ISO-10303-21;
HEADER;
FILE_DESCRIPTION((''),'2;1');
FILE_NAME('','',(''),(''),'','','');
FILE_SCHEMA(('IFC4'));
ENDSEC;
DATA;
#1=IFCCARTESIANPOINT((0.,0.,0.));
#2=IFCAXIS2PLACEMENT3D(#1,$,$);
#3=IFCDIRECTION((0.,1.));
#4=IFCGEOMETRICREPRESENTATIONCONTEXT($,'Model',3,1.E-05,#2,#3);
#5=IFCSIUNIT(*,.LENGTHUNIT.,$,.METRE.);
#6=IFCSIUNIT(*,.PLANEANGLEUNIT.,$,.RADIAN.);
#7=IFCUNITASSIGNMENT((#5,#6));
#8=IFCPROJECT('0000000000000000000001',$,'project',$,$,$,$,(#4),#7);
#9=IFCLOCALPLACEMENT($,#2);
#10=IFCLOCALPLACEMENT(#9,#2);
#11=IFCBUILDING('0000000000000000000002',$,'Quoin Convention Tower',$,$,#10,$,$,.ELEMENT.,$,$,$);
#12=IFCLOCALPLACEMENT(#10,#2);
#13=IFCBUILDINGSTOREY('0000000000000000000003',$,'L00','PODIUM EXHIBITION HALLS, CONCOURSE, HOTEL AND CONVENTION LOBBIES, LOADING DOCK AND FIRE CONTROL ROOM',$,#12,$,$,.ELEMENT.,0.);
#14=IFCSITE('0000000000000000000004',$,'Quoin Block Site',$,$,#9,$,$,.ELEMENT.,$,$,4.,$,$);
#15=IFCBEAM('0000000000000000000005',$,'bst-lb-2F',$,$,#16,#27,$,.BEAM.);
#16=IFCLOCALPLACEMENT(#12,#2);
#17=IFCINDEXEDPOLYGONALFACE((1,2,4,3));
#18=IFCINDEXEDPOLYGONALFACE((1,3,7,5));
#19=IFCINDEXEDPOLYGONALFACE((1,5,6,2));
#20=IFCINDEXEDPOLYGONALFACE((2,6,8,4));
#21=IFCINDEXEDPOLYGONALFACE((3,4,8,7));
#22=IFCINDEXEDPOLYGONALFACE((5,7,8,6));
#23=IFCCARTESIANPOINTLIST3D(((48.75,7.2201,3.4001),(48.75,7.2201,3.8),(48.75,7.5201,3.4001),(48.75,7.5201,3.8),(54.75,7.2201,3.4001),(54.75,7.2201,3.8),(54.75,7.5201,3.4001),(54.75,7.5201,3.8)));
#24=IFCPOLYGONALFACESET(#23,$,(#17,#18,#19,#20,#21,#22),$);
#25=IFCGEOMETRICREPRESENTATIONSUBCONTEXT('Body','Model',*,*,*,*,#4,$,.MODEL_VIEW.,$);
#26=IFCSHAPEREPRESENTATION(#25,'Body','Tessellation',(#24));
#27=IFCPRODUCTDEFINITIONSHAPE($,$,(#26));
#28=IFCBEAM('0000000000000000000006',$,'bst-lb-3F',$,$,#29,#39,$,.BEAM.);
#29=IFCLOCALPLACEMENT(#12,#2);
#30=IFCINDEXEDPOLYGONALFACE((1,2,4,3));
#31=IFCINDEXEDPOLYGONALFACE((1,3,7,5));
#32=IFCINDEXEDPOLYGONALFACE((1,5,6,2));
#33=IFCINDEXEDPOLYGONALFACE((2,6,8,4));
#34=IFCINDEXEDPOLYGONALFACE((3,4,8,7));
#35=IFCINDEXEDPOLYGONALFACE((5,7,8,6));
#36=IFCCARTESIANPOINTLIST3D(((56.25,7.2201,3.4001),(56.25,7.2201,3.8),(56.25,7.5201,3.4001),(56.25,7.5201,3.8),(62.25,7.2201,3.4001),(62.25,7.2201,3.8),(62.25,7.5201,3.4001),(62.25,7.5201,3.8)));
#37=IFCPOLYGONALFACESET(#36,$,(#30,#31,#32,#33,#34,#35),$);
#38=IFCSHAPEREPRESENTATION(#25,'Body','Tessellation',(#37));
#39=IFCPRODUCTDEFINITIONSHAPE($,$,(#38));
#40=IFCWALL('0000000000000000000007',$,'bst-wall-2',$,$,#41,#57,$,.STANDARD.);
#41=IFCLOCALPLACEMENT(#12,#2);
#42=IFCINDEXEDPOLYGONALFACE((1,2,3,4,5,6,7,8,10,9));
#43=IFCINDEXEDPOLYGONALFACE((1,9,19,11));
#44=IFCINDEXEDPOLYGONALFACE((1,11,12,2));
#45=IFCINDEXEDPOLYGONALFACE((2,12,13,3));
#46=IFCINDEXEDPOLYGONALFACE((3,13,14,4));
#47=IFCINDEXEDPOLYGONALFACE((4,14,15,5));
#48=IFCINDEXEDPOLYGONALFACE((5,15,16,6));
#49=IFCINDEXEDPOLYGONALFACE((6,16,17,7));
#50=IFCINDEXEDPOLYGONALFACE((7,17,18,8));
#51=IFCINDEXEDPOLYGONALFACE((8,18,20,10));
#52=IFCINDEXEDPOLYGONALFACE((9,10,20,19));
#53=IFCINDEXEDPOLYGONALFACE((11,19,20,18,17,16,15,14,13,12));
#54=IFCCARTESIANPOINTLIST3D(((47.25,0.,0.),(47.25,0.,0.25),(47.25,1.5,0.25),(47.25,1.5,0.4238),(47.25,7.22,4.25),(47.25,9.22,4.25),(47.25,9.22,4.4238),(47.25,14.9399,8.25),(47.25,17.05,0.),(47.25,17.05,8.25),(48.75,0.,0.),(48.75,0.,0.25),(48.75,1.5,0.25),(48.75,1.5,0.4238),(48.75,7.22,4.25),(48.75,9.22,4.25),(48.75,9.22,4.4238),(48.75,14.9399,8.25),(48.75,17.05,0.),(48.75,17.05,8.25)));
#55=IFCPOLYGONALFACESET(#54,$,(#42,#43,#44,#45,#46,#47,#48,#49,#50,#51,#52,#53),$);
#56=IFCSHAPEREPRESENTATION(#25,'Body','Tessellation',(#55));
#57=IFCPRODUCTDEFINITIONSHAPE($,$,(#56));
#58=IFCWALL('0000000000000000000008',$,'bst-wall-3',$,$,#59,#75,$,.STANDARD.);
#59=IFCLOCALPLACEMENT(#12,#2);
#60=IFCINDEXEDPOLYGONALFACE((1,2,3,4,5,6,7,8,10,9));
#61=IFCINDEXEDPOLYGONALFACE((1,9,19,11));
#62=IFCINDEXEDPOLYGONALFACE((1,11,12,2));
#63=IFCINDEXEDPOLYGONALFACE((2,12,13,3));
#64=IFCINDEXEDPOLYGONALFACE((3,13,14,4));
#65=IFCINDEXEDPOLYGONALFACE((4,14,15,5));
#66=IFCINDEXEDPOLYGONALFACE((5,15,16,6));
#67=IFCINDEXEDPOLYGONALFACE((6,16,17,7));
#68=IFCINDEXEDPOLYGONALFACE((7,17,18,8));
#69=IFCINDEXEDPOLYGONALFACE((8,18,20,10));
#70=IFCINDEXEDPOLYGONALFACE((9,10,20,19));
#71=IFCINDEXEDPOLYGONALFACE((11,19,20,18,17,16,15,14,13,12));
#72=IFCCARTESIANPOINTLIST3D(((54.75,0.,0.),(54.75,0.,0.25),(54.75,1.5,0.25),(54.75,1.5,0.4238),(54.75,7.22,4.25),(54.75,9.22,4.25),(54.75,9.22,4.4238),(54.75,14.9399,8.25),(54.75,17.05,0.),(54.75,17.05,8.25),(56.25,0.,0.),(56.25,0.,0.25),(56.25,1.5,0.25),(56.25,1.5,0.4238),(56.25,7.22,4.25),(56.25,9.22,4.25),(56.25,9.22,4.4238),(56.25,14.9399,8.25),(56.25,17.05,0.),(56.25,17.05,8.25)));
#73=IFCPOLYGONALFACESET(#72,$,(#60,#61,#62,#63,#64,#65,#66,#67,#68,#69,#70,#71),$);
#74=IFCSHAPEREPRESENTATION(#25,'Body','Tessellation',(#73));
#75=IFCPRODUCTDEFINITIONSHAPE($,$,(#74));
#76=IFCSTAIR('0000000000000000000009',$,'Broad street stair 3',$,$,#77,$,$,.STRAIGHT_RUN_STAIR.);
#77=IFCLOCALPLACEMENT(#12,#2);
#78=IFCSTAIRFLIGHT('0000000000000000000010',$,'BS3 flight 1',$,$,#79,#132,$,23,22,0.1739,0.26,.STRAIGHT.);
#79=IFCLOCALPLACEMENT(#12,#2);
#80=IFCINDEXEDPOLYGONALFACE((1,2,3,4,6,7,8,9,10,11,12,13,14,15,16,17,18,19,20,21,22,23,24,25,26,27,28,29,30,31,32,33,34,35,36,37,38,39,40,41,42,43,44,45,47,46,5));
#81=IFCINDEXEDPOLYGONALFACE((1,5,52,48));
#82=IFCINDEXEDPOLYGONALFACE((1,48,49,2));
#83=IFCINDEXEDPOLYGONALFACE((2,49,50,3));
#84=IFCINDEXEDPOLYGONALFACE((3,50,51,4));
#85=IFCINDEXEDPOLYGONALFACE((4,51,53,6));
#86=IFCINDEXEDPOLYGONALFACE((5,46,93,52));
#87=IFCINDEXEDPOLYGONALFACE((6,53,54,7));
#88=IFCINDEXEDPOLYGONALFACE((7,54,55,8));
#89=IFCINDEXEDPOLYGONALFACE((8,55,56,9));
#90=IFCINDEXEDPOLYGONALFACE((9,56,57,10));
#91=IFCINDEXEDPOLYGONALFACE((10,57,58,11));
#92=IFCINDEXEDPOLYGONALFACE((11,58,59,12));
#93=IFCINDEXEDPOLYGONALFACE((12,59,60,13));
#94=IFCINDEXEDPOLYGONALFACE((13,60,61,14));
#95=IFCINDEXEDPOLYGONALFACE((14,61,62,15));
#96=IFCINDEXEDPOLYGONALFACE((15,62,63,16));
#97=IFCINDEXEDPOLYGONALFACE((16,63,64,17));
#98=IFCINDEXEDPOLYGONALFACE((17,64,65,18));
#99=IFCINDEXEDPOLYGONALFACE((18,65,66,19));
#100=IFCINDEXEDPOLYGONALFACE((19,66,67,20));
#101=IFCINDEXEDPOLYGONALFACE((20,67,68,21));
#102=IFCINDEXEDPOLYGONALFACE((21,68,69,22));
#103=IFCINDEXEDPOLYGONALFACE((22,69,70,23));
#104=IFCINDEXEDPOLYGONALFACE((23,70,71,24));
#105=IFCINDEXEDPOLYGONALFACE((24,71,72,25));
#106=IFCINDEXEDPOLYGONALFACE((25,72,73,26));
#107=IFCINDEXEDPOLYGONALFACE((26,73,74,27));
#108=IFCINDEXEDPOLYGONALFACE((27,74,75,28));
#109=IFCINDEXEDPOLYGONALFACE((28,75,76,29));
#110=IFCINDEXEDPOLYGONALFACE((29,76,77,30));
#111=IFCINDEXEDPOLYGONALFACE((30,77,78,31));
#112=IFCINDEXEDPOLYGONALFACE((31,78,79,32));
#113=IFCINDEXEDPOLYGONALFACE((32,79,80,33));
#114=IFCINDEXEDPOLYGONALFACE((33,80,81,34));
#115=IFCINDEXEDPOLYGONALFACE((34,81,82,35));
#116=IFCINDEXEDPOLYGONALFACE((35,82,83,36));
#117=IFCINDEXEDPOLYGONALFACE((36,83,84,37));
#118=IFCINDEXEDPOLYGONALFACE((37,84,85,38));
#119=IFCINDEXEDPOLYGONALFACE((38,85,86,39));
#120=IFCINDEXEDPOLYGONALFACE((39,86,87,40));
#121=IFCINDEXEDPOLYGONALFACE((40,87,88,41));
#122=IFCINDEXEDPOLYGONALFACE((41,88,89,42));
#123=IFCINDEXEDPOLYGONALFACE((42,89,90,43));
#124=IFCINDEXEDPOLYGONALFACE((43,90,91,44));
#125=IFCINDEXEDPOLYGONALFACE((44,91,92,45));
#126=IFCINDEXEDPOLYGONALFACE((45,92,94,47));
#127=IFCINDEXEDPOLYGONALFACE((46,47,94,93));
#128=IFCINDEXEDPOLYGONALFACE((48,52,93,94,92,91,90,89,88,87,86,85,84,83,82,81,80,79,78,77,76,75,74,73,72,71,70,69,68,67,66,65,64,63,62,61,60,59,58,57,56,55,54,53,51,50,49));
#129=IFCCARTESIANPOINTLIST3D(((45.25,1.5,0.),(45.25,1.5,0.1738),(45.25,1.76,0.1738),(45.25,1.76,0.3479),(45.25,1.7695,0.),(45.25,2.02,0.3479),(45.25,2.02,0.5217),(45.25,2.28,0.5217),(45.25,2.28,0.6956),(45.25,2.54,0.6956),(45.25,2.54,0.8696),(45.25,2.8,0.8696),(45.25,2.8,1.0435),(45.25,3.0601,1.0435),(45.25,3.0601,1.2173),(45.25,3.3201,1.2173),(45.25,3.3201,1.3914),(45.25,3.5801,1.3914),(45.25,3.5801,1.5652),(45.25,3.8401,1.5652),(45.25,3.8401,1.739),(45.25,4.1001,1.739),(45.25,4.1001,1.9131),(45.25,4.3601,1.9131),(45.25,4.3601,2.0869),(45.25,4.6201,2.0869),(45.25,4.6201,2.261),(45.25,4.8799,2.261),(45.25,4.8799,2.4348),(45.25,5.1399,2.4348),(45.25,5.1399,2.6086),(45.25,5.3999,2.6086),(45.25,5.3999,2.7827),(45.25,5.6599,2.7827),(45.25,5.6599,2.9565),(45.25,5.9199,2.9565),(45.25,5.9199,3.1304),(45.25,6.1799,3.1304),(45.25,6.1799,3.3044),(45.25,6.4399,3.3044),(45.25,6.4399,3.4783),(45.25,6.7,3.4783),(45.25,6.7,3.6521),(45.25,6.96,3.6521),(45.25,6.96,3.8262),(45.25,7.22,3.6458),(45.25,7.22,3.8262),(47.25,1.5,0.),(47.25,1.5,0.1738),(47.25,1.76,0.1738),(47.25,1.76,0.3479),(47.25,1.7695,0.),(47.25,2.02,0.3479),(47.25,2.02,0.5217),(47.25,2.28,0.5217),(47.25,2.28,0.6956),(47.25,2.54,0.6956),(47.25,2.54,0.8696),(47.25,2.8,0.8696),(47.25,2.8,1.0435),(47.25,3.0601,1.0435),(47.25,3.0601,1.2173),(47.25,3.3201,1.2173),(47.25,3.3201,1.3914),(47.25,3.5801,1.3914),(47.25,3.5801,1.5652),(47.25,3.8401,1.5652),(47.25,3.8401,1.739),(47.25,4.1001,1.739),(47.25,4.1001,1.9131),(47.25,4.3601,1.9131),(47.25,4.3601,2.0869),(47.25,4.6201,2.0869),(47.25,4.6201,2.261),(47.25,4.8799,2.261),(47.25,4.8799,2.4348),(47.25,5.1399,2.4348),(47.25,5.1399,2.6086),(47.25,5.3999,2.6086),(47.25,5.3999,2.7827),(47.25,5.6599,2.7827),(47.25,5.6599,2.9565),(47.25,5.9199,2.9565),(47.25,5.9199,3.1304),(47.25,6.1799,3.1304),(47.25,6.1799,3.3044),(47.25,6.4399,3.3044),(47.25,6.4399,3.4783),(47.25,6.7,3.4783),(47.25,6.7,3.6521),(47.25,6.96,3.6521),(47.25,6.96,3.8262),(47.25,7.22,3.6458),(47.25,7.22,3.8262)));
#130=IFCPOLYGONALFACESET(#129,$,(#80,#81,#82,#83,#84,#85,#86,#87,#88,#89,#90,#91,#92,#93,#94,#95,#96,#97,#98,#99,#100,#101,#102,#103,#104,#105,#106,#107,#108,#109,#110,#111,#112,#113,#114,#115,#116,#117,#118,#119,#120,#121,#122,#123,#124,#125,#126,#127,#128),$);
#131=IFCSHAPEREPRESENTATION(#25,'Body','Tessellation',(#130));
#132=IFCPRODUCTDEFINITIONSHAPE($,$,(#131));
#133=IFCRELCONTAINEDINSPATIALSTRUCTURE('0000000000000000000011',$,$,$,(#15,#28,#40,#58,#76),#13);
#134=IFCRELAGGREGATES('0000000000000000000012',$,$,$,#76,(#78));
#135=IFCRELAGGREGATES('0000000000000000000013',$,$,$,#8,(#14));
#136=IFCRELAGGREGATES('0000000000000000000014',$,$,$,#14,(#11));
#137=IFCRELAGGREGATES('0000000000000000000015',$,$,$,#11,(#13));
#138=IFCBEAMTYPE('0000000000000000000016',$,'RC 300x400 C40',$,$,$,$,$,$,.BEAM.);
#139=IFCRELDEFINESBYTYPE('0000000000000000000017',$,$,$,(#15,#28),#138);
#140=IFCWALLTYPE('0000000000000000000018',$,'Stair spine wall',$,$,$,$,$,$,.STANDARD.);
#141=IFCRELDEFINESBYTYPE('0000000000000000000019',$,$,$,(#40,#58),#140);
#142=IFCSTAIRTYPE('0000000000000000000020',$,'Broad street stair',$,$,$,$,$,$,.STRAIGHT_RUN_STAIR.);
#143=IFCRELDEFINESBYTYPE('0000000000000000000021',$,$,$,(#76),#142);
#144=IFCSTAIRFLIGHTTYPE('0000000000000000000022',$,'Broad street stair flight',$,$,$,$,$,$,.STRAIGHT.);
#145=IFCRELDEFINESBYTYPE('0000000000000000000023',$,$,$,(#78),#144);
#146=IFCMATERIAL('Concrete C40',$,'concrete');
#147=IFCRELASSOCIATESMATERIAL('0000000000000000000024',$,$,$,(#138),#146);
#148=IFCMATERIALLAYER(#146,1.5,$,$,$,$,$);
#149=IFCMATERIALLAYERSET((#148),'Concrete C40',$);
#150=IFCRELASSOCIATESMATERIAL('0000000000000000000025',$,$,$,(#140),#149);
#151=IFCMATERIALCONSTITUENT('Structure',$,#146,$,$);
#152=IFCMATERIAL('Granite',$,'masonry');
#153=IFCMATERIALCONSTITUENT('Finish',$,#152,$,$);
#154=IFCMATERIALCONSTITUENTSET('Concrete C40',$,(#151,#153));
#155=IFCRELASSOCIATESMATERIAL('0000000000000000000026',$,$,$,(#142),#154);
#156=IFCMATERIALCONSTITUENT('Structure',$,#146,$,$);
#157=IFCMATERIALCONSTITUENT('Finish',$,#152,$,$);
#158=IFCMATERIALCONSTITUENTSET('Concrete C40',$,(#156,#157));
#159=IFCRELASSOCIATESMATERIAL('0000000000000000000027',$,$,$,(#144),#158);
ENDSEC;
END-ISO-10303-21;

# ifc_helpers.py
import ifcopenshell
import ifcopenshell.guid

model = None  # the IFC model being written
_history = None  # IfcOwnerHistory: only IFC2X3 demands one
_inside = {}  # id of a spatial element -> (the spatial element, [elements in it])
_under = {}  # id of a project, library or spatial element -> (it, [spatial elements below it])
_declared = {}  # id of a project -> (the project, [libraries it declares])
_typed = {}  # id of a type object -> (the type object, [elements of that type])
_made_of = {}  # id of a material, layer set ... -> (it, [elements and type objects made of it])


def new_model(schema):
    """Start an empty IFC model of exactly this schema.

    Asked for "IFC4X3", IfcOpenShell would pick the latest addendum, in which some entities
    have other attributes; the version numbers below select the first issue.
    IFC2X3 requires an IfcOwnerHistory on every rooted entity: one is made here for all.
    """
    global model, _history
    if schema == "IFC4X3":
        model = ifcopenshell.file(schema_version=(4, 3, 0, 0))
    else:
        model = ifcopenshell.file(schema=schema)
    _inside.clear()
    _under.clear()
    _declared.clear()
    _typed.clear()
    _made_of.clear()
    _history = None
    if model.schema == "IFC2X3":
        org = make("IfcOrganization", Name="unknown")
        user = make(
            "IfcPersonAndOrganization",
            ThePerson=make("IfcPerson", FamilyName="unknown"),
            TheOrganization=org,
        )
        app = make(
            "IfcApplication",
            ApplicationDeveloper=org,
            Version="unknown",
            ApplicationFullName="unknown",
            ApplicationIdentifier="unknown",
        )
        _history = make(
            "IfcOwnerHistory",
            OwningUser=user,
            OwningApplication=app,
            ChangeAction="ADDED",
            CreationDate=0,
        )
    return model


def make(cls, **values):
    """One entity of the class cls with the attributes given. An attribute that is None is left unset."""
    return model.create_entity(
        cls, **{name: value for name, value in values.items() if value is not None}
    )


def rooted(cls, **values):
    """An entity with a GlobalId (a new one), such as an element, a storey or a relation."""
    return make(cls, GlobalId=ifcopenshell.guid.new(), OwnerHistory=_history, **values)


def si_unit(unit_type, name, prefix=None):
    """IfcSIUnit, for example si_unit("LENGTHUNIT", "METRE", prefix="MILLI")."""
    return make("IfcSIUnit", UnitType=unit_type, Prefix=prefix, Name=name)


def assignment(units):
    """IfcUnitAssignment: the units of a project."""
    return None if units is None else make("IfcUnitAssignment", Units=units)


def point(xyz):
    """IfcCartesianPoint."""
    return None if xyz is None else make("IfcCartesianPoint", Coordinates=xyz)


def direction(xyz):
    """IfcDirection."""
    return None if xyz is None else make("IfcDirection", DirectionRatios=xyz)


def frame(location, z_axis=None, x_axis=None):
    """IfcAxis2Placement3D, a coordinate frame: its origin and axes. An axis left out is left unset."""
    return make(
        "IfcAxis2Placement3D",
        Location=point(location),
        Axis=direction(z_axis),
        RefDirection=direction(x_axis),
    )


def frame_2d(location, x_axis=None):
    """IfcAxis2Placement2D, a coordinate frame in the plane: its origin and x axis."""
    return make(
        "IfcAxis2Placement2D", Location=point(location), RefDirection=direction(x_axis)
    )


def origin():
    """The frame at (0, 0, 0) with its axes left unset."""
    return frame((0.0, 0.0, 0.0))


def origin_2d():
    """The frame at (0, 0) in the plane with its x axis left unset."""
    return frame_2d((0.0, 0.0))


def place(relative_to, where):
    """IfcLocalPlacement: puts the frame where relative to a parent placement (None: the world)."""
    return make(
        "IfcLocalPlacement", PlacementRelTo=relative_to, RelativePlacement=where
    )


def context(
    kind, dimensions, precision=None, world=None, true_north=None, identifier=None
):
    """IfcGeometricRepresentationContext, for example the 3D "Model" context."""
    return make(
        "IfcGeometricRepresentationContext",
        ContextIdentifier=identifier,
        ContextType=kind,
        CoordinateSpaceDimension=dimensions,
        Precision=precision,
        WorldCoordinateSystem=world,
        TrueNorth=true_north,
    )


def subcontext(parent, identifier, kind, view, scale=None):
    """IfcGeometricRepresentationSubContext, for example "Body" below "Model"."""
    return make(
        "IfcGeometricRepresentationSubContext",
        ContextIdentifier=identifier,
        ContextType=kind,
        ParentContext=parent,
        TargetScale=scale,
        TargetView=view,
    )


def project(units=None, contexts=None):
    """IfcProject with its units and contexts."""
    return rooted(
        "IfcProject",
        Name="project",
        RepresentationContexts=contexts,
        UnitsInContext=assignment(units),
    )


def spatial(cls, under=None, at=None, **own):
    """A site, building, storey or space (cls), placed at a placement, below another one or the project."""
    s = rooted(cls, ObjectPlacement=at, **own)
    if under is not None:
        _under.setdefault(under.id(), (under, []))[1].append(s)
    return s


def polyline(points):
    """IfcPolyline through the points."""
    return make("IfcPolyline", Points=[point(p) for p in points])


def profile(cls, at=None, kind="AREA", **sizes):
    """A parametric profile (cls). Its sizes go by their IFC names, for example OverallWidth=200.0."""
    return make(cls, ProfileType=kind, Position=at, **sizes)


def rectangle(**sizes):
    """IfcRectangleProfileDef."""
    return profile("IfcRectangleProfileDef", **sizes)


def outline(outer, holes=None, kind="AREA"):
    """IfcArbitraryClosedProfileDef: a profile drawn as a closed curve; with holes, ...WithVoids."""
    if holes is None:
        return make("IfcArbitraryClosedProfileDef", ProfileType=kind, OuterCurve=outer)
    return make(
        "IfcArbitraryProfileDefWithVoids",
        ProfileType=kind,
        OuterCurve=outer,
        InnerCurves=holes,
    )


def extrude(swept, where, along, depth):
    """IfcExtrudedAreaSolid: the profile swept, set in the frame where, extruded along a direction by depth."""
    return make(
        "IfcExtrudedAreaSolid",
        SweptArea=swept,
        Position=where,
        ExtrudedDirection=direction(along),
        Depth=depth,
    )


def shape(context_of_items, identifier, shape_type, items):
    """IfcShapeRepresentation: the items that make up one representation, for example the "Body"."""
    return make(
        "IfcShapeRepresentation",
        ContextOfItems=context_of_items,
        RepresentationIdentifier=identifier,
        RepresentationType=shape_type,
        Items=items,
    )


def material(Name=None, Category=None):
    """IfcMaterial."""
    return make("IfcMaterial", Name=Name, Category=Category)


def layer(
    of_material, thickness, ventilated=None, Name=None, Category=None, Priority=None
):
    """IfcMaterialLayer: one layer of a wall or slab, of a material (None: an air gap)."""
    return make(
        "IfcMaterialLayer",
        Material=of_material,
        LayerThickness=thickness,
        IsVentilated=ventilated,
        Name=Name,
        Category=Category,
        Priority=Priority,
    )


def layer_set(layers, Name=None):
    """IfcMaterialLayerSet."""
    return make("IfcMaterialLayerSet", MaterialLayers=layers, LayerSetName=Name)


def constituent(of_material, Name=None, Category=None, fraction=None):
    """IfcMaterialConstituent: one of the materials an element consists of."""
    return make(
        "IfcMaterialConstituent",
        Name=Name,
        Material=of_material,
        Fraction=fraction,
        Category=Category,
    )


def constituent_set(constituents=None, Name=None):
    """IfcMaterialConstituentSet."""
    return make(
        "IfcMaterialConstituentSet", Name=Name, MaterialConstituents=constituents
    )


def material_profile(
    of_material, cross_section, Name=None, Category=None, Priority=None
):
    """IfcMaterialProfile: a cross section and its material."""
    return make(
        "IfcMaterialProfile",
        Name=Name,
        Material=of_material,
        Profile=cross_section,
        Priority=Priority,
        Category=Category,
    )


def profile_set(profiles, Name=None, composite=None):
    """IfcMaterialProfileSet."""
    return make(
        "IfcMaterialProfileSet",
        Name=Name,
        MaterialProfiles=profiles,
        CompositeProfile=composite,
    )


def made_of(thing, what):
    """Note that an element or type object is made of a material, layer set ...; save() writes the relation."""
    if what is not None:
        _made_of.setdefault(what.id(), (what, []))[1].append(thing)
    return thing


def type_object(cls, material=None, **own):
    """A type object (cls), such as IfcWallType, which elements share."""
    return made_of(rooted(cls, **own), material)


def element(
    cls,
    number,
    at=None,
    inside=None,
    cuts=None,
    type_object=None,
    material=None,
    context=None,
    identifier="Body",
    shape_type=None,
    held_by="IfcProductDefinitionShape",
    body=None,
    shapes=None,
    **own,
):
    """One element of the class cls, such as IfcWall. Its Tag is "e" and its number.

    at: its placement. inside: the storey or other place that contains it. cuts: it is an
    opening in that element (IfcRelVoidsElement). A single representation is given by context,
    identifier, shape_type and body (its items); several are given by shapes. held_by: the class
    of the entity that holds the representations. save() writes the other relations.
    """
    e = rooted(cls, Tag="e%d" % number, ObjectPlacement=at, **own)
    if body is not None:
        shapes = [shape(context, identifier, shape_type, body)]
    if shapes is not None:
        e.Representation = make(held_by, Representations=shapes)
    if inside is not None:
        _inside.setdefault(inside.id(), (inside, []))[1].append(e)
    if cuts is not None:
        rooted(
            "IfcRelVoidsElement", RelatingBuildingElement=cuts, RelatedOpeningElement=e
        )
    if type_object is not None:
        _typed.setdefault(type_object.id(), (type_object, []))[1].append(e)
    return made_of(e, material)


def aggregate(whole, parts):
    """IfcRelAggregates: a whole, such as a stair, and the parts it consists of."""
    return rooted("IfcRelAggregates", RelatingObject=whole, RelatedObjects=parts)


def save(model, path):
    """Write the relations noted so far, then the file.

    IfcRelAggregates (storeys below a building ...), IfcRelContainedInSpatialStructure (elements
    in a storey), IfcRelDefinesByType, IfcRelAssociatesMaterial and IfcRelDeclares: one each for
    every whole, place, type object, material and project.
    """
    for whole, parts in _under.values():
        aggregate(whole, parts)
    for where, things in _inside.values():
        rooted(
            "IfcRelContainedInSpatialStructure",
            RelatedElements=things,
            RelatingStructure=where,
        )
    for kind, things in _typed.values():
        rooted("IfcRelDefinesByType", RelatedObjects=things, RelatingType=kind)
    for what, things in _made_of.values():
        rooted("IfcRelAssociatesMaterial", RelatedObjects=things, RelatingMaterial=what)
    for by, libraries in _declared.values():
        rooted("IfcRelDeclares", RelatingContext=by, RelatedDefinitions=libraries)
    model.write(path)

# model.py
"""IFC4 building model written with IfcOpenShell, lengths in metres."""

from ifc_helpers import new_model, si_unit, direction, frame, origin, origin_2d, place, context, subcontext, project, spatial, polyline, rectangle, outline, extrude, material, layer, layer_set, constituent, constituent_set, material_profile, profile_set, type_object, element, aggregate, save


model = new_model("IFC4")

# Units and contexts
model_context = context("Model", 3, precision=1e-05, world=origin(), true_north=direction((0.0, 1.0)))
body_context = subcontext(model_context, "Body", "Model", "MODEL_VIEW")
ifc_project = project(units=[si_unit("LENGTHUNIT", "METRE"), si_unit("PLANEANGLEUNIT", "RADIAN")], contexts=[model_context])

# Site, building, storey
site_placement = place(None, origin())
site = spatial("IfcSite", under=ifc_project, at=site_placement, Name="Quoin Block Site", CompositionType="ELEMENT", RefElevation=4.0)
building_placement = place(site_placement, origin())
building = spatial("IfcBuilding", under=site, at=building_placement, Name="Quoin Convention Tower", CompositionType="ELEMENT")
storey_placement = place(building_placement, origin())
storey = spatial("IfcBuildingStorey", under=building, at=storey_placement, Name="L00", Description="PODIUM EXHIBITION HALLS, CONCOURSE, HOTEL AND CONVENTION LOBBIES, LOADING DOCK AND FIRE CONTROL ROOM", CompositionType="ELEMENT", Elevation=0.0)

# Beams
ifc_material_1 = material(Name="Concrete C40", Category="concrete")
ifc_material_profile = material_profile(ifc_material_1, rectangle(XDim=0.3, YDim=0.3999, at=origin_2d()), Name="RC 300x400")
ifc_profile_set = profile_set([ifc_material_profile], Name="Concrete C40")
beam_type = type_object("IfcBeamType", Name="RC 300x400 C40", PredefinedType="BEAM", material=ifc_profile_set)
for number, where, z_axis, x_axis, name in (
    (1, (48.75, 7.3701, 3.6001), (1.0, 0.0, 0.0), (0.0, 1.0, 0.0), "bst-lb-2F"),
    (2, (56.25, 7.3701, 3.6001), (1.0, 0.0, 0.0), (0.0, 1.0, 0.0), "bst-lb-3F"),
):
    element("IfcBeam", number, at=place(storey_placement, frame(where, z_axis=z_axis, x_axis=x_axis)), inside=storey, type_object=beam_type, Name=name, PredefinedType="BEAM", context=body_context, shape_type="SweptSolid", body=[
        extrude(rectangle(XDim=0.3, YDim=0.3999, at=origin_2d()), origin(), (0.0, 0.0, 1.0), 6.0),
    ])

# Walls
ifc_layer = layer(ifc_material_1, 1.5)
ifc_layer_set = layer_set([ifc_layer], Name="Concrete C40")
wall_type = type_object("IfcWallType", Name="Stair spine wall", PredefinedType="STANDARD", material=ifc_layer_set)
for number, where, z_axis, x_axis, name in (
    (3, (48.0, 0.0, 0.0), (0.0, 0.0, 1.0), (0.0, 1.0, 0.0), "bst-wall-2"),
    (4, (55.5, 0.0, 0.0), (0.0, 0.0, 1.0), (0.0, 1.0, 0.0), "bst-wall-3"),
):
    element("IfcWall", number, at=place(storey_placement, frame(where, z_axis=z_axis, x_axis=x_axis)), inside=storey, type_object=wall_type, Name=name, PredefinedType="STANDARD", context=body_context, shape_type="SweptSolid", body=[
        extrude(outline(polyline([(0.0, 0.0), (17.05, 0.0), (17.05, 8.25), (14.9399, 8.25), (9.22, 4.4238), (9.22, 4.25), (7.22, 4.25), (1.5, 0.4238), (1.5, 0.25), (0.0, 0.25), (0.0, 0.0)])), frame((0.0, 0.75, 0.0), z_axis=(0.0, -1.0, 0.0), x_axis=(1.0, 0.0, 0.0)), (0.0, 0.0, 1.0), 1.5),
    ])

# Stair, stair flight
ifc_constituent_1 = constituent(ifc_material_1, Name="Structure")
ifc_material_2 = material(Name="Granite", Category="masonry")
ifc_constituent_2 = constituent(ifc_material_2, Name="Finish")
ifc_constituent_set_1 = constituent_set(constituents=[ifc_constituent_1, ifc_constituent_2], Name="Concrete C40")
stair_type = type_object("IfcStairType", Name="Broad street stair", PredefinedType="STRAIGHT_RUN_STAIR", material=ifc_constituent_set_1)
stair_1_placement = place(storey_placement, origin())
stair_1 = element("IfcStair", 5, at=stair_1_placement, inside=storey, type_object=stair_type, Name="Broad street stair 3", PredefinedType="STRAIGHT_RUN_STAIR")
ifc_constituent_3 = constituent(ifc_material_1, Name="Structure")
ifc_constituent_4 = constituent(ifc_material_2, Name="Finish")
ifc_constituent_set_2 = constituent_set(constituents=[ifc_constituent_3, ifc_constituent_4], Name="Concrete C40")
stair_flight_type = type_object("IfcStairFlightType", Name="Broad street stair flight", PredefinedType="STRAIGHT", material=ifc_constituent_set_2)
stair_flight_1_placement = place(storey_placement, frame((46.25, 1.5, 0.0), z_axis=(0.0, 0.0, 1.0), x_axis=(0.0, 1.0, 0.0)))
stair_flight_1 = element("IfcStairFlight", 6, at=stair_flight_1_placement, type_object=stair_flight_type, Name="BS3 flight 1", NumberOfRisers=23, NumberOfTreads=22, PredefinedType="STRAIGHT", RiserHeight=0.1739, TreadLength=0.26, context=body_context, shape_type="SweptSolid", body=[
    extrude(outline(polyline([(0.0, 0.0), (0.0, 0.1738), (0.26, 0.1738), (0.26, 0.3479), (0.52, 0.3479), (0.52, 0.5217), (0.78, 0.5217), (0.78, 0.6956), (1.04, 0.6956), (1.04, 0.8696), (1.3, 0.8696), (1.3, 1.0435), (1.5601, 1.0435), (1.5601, 1.2173), (1.8201, 1.2173), (1.8201, 1.3914), (2.0801, 1.3914), (2.0801, 1.5652), (2.3401, 1.5652), (2.3401, 1.739), (2.6001, 1.739), (2.6001, 1.9131), (2.8601, 1.9131), (2.8601, 2.0869), (3.1201, 2.0869), (3.1201, 2.261), (3.3799, 2.261), (3.3799, 2.4348), (3.6399, 2.4348), (3.6399, 2.6086), (3.8999, 2.6086), (3.8999, 2.7827), (4.1599, 2.7827), (4.1599, 2.9565), (4.4199, 2.9565), (4.4199, 3.1304), (4.6799, 3.1304), (4.6799, 3.3044), (4.9399, 3.3044), (4.9399, 3.4783), (5.2, 3.4783), (5.2, 3.6521), (5.46, 3.6521), (5.46, 3.8262), (5.72, 3.8262), (5.72, 4.0), (5.72, 3.6458), (0.2695, 0.0), (0.0, 0.0)])), frame((0.0, 1.0, 0.0), z_axis=(0.0, -1.0, 0.0), x_axis=(1.0, 0.0, 0.0)), (0.0, 0.0, 1.0), 2.0),
])
aggregate(stair_1, [stair_flight_1])

save(model, "model.ifc")
